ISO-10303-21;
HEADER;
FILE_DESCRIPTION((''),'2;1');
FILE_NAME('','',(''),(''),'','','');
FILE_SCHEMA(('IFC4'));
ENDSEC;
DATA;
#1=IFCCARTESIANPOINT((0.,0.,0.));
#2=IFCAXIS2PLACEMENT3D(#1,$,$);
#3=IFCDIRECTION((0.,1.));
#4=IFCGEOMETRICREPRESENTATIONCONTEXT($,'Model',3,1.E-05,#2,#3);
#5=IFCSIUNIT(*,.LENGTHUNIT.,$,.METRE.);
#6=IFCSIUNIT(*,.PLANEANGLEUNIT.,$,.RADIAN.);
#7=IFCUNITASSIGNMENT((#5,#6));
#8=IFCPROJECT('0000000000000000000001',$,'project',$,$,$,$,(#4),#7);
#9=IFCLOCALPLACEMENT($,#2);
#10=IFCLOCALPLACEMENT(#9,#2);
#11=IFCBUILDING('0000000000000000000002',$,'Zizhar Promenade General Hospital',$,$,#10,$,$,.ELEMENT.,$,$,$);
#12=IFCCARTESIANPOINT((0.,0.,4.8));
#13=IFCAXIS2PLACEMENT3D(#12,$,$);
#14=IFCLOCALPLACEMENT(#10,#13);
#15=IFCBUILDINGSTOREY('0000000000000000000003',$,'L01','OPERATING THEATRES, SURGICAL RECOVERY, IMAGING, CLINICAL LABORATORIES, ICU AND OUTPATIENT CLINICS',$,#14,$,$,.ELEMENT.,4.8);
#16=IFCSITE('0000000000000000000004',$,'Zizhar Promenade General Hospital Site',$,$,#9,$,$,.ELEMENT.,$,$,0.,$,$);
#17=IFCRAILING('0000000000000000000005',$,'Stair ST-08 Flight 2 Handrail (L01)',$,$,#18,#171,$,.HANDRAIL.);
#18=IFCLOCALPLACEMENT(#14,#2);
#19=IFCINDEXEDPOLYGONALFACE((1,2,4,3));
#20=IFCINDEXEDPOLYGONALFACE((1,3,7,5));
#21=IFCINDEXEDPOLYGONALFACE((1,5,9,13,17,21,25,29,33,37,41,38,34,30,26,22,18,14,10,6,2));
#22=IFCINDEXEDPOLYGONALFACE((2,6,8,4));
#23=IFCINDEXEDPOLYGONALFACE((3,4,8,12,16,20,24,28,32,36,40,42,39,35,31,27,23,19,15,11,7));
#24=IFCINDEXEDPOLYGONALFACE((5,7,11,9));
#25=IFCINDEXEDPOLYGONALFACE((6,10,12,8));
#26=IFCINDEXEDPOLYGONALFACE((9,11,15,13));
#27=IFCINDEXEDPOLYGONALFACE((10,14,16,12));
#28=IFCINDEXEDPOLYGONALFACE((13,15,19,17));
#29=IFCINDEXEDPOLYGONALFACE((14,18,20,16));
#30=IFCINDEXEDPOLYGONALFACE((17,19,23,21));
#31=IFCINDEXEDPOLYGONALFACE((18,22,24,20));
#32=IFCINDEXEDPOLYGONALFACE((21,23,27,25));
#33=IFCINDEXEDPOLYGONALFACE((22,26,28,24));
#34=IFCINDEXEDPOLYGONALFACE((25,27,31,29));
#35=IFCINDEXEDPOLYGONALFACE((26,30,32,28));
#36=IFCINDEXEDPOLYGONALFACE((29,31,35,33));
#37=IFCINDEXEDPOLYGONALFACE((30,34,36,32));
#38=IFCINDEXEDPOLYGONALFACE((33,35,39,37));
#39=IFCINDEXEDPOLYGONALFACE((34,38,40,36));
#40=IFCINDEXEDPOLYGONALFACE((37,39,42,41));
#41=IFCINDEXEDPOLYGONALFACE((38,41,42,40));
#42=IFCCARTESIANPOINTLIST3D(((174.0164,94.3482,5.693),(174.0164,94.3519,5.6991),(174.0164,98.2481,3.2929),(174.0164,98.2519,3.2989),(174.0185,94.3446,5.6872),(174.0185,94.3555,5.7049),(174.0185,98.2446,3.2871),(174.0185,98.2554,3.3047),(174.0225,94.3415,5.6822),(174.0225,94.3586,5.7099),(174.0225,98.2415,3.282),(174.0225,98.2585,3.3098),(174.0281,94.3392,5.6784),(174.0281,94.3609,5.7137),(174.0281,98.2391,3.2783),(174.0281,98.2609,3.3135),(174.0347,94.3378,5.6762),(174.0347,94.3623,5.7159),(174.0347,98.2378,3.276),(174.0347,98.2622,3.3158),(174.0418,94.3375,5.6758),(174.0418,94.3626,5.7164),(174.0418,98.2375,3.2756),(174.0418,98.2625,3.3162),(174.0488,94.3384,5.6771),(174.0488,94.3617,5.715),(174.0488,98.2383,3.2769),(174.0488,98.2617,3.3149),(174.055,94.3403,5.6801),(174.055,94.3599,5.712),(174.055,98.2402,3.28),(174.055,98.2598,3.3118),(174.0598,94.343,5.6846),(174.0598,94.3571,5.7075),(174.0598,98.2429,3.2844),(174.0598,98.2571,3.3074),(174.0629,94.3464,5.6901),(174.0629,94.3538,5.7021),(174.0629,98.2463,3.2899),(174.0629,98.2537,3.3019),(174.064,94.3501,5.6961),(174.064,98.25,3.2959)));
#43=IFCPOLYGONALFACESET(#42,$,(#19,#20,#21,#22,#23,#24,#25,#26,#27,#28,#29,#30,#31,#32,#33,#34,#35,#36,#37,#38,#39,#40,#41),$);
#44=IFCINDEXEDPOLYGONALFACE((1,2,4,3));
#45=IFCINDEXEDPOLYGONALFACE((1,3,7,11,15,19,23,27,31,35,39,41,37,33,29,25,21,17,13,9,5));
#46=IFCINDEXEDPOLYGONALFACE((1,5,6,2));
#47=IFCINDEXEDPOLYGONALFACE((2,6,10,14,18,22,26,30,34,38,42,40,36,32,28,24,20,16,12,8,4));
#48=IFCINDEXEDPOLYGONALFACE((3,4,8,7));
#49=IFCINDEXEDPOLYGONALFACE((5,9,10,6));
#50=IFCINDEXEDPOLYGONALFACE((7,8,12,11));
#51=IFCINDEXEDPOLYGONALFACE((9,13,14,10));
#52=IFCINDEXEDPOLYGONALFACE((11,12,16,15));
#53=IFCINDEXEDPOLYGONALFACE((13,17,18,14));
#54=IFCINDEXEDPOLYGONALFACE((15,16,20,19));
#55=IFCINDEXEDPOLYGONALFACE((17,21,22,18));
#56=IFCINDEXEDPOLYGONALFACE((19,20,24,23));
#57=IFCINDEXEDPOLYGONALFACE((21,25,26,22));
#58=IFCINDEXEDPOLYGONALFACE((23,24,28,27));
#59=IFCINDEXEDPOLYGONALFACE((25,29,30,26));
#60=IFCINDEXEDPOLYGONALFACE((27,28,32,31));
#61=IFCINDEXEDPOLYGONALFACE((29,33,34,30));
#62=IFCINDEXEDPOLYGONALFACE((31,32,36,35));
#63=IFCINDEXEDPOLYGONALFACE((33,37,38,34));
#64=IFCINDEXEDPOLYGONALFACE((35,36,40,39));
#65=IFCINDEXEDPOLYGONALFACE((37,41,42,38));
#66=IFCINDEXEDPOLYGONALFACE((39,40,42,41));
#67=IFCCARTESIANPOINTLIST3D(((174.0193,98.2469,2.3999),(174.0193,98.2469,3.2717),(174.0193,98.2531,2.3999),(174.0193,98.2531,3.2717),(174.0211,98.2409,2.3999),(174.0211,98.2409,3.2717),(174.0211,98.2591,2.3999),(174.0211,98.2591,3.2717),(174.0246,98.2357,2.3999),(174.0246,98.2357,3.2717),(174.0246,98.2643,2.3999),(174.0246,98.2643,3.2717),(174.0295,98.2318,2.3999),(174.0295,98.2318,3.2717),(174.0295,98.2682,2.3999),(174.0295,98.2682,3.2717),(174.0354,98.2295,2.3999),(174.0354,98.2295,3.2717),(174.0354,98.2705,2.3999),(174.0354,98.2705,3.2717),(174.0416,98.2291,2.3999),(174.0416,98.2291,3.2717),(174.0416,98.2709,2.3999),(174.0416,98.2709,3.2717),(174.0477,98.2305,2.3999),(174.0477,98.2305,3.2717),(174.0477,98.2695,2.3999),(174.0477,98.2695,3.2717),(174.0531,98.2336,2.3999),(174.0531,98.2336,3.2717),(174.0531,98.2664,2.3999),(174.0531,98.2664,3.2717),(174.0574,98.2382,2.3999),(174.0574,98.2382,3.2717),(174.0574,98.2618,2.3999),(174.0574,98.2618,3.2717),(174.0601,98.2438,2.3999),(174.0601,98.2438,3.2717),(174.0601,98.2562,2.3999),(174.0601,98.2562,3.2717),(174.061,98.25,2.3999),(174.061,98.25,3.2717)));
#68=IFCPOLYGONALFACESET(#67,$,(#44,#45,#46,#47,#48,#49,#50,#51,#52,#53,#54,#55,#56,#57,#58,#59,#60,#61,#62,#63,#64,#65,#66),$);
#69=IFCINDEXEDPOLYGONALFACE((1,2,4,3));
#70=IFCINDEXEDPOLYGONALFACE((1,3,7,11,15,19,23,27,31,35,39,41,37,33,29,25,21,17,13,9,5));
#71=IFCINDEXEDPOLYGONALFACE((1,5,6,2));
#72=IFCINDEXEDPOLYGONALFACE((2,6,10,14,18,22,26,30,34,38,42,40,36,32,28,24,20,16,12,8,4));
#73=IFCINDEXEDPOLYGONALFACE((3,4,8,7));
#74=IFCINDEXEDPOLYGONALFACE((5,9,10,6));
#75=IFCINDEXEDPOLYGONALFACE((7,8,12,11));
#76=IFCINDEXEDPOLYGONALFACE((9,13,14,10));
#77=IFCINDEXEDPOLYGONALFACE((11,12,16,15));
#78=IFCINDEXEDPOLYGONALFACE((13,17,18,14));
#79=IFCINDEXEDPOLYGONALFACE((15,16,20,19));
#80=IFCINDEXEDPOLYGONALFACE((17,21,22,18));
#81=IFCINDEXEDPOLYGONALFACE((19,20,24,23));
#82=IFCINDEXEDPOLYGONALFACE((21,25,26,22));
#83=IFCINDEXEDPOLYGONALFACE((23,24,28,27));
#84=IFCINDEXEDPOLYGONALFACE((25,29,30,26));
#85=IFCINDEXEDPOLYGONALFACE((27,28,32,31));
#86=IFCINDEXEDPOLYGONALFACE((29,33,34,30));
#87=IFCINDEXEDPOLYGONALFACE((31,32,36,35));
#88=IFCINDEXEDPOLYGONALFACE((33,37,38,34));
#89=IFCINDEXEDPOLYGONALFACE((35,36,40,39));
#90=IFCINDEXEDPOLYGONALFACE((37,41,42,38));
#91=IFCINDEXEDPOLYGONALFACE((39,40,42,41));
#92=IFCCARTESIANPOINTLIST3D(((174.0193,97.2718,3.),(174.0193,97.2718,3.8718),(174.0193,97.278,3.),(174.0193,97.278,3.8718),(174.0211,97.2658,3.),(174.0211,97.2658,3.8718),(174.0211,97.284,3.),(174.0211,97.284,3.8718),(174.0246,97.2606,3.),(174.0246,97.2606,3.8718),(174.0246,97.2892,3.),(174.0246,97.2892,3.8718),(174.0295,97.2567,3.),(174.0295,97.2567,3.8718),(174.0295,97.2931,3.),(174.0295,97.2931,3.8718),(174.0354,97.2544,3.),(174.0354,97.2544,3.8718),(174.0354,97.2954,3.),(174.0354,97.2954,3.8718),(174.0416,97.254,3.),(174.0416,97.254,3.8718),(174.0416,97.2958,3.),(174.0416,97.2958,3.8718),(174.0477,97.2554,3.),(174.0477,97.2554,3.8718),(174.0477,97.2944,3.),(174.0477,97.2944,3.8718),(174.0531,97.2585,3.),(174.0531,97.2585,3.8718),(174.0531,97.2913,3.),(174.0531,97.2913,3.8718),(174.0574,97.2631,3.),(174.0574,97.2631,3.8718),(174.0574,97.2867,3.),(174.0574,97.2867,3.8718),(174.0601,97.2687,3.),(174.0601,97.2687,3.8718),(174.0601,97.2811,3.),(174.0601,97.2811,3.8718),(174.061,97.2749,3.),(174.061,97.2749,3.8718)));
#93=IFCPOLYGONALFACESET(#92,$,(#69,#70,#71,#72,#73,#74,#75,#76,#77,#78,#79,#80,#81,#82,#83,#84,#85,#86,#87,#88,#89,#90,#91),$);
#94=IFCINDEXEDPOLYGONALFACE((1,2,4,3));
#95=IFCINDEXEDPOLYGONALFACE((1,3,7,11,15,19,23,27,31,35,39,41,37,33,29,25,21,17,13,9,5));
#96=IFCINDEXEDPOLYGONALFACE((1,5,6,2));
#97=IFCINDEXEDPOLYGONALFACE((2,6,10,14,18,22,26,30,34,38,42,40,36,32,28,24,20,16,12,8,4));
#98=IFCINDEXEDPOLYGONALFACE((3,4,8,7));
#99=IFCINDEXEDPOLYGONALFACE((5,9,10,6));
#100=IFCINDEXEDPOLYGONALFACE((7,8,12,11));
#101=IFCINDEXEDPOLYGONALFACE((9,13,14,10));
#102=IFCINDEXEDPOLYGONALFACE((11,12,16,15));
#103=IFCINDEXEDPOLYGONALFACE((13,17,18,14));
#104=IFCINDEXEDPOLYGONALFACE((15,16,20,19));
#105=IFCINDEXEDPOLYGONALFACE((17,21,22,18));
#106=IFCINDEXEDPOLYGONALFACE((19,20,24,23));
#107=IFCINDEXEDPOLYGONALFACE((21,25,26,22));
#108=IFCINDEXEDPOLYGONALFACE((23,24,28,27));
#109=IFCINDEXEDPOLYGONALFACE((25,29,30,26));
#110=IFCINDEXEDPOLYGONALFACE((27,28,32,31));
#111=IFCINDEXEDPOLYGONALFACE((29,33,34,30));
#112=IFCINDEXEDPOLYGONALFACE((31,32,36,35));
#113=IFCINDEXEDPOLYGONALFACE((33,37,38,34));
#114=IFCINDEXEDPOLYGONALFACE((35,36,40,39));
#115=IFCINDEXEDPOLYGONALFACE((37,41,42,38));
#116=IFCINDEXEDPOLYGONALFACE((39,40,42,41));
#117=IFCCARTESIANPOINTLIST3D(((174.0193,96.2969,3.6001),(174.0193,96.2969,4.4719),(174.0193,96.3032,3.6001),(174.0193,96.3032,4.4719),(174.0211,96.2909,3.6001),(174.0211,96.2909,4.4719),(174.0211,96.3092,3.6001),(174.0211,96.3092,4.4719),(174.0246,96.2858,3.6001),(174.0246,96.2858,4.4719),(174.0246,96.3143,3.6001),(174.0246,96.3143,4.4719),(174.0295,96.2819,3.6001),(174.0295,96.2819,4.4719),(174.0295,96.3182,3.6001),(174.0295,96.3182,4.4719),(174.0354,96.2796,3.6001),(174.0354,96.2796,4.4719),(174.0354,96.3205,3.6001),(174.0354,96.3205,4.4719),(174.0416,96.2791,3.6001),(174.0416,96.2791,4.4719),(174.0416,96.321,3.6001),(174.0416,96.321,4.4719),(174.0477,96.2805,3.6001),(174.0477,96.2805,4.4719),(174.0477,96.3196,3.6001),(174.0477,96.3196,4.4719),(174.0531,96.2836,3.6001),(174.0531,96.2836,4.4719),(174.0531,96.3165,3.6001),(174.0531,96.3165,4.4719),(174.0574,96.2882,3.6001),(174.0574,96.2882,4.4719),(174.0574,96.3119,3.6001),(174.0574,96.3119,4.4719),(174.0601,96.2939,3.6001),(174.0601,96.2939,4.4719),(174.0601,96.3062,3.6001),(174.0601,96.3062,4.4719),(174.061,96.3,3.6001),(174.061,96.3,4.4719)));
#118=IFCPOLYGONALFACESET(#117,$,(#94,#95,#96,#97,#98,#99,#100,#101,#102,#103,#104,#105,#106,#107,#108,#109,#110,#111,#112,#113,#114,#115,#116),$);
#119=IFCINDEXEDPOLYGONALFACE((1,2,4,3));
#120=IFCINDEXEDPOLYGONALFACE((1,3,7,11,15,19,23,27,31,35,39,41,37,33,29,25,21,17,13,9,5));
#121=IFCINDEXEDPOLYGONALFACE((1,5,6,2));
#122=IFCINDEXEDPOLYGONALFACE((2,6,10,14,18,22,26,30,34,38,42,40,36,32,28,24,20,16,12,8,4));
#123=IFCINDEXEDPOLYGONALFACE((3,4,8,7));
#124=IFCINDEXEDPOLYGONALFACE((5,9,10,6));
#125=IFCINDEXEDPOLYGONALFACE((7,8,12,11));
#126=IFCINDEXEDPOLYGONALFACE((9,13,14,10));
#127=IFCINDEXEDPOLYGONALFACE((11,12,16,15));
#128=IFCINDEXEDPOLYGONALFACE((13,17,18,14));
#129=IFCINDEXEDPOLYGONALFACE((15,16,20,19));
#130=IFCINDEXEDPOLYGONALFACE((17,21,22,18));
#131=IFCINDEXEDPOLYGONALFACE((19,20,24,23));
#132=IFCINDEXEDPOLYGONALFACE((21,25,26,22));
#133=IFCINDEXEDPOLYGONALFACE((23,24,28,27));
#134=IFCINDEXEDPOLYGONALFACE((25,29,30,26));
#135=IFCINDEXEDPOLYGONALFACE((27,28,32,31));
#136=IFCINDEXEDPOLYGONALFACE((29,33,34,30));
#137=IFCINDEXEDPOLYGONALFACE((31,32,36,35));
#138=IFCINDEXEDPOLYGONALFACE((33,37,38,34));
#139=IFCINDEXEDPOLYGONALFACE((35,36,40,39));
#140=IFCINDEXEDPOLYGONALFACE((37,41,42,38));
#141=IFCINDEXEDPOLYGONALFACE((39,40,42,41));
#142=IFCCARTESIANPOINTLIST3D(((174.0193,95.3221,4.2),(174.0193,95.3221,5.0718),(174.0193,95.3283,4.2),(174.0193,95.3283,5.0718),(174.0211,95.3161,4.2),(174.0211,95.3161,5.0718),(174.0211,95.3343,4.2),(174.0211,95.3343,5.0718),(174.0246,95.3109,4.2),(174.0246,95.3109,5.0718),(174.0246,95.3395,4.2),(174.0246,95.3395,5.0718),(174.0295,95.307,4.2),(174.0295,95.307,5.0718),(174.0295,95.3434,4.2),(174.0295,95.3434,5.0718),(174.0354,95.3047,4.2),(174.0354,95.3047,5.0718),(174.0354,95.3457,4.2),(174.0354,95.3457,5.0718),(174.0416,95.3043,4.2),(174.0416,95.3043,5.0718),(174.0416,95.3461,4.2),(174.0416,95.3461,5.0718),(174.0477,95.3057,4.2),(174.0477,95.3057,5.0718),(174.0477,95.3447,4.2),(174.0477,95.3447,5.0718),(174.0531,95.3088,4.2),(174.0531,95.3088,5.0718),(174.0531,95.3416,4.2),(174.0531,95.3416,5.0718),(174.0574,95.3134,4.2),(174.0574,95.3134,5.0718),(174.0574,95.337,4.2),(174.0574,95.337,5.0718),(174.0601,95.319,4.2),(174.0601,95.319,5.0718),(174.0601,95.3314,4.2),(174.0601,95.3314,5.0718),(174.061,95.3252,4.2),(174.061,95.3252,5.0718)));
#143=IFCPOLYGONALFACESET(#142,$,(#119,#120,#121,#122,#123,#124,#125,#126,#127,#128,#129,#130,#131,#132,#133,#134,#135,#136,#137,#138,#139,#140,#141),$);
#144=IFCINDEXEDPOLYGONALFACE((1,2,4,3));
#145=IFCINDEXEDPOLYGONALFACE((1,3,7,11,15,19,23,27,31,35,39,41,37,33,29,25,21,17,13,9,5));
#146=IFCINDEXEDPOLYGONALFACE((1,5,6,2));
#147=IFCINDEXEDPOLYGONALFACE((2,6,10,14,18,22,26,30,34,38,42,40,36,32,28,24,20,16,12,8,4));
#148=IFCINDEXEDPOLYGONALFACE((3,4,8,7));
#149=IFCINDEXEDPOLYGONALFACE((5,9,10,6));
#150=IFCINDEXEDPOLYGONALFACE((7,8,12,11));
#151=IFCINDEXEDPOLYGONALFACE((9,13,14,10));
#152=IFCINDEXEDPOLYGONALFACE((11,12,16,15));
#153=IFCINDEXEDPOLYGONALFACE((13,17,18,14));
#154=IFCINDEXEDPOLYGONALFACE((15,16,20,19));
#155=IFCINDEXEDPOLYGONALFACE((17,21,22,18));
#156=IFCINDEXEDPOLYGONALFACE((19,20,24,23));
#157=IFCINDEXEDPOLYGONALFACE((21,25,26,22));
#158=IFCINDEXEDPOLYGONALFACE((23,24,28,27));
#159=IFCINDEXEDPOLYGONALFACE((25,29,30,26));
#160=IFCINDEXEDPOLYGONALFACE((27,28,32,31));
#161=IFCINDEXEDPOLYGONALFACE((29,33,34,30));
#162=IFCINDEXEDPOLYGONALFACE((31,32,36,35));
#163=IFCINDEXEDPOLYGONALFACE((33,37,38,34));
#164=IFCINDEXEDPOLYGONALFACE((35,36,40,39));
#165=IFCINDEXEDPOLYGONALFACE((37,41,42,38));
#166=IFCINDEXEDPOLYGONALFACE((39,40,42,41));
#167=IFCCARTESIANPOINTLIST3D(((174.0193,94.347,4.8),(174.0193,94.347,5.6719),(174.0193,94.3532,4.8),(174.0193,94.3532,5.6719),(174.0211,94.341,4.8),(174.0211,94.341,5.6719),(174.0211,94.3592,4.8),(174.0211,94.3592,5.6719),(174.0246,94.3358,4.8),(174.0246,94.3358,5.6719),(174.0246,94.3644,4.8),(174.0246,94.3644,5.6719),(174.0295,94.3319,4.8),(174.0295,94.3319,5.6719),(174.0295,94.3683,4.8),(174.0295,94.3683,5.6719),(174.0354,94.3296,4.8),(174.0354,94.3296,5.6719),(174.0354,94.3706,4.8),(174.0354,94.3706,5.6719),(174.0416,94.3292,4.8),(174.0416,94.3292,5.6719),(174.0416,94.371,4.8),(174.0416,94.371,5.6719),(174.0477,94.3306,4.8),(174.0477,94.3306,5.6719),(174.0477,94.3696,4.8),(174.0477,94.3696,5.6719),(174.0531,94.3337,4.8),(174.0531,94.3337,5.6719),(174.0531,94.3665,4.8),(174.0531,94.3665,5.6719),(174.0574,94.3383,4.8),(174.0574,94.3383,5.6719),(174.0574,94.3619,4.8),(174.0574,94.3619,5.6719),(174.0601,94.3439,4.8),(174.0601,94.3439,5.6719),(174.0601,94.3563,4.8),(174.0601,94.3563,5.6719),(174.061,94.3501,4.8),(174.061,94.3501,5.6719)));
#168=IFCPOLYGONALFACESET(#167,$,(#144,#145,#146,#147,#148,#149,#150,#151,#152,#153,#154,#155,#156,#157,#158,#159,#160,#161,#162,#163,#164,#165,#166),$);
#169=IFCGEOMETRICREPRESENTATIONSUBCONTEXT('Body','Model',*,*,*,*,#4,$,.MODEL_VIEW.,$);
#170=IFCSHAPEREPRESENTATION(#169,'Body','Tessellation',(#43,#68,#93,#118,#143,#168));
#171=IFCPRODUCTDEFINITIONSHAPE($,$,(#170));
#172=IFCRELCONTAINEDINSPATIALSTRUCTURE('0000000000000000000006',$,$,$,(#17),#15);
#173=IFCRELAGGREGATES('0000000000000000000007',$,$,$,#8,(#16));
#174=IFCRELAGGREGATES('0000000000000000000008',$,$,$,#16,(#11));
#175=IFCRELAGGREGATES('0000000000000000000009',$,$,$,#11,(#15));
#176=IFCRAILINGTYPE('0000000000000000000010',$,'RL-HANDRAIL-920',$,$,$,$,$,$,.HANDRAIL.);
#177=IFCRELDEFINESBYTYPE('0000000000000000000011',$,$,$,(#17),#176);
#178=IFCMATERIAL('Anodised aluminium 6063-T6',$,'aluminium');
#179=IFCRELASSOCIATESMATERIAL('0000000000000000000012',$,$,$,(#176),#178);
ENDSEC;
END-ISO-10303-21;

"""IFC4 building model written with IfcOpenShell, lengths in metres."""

from ifc_helpers import new_model, si_unit, direction, frame, origin, origin_2d, place, context, subcontext, project, spatial, circle, hollow_circle, extrude, material, material_profile, profile_set, type_object, element, save


model = new_model("IFC4")

# Units and contexts
model_context = context("Model", 3, precision=1e-05, world=origin(), true_north=direction((0.0, 1.0)))
body_context = subcontext(model_context, "Body", "Model", "MODEL_VIEW")
ifc_project = project(units=[si_unit("LENGTHUNIT", "METRE"), si_unit("PLANEANGLEUNIT", "RADIAN")], contexts=[model_context])

# Site, building, storey
site_placement = place(None, origin())
site = spatial("IfcSite", under=ifc_project, at=site_placement, Name="Zizhar Promenade General Hospital Site", CompositionType="ELEMENT", RefElevation=0.0)
building_placement = place(site_placement, origin())
building = spatial("IfcBuilding", under=site, at=building_placement, Name="Zizhar Promenade General Hospital", CompositionType="ELEMENT")
storey_placement = place(building_placement, frame((0.0, 0.0, 4.8)))
storey = spatial("IfcBuildingStorey", under=building, at=storey_placement, Name="L01", Description="OPERATING THEATRES, SURGICAL RECOVERY, IMAGING, CLINICAL LABORATORIES, ICU AND OUTPATIENT CLINICS", CompositionType="ELEMENT", Elevation=4.8)

# Railing
ifc_material_1 = material(Name="Anodised aluminium 6063-T6", Category="aluminium")
ifc_material_profile_1 = material_profile(ifc_material_1, hollow_circle(Radius=0.0698, WallThickness=0.0063, at=origin_2d()))
ifc_profile_set_1 = profile_set([ifc_material_profile_1], Name="Anodised aluminium 6063-T6")
railing_type_1 = type_object("IfcRailingType", Name="RL-HANDRAIL-920", PredefinedType="HANDRAIL", material=ifc_profile_set_1)
railing_1_placement = place(storey_placement, frame((174.04, 98.25, 2.3999)))
element("IfcRailing", 1, at=railing_1_placement, inside=storey, type_object=railing_type_1, Name="Stair ST-08 Flight 2 Handrail (L01)", PredefinedType="HANDRAIL", context=body_context, shape_type="SweptSolid", body=[
    extrude(circle(Radius=0.0239, at=origin_2d()), frame((0.0, 0.0, 0.896), z_axis=(0.0, -0.851638, 0.52413), x_axis=(1.0, 0.0, 0.0)), (0.0, 0.0, 1.0), 4.5793),
    extrude(circle(Radius=0.021, at=origin_2d()), origin(), (0.0, 0.0, 1.0), 0.8718),
    extrude(circle(Radius=0.021, at=origin_2d()), frame((0.0, -0.9751, 0.6001)), (0.0, 0.0, 1.0), 0.8718),
    extrude(circle(Radius=0.021, at=origin_2d()), frame((0.0, -1.95, 1.2002)), (0.0, 0.0, 1.0), 0.8718),
    extrude(circle(Radius=0.021, at=origin_2d()), frame((0.0, -2.9248, 1.8)), (0.0, 0.0, 1.0), 0.8718),
    extrude(circle(Radius=0.021, at=origin_2d()), frame((0.0, -3.8999, 2.4001)), (0.0, 0.0, 1.0), 0.8718),
])

save(model, "model.ifc")
